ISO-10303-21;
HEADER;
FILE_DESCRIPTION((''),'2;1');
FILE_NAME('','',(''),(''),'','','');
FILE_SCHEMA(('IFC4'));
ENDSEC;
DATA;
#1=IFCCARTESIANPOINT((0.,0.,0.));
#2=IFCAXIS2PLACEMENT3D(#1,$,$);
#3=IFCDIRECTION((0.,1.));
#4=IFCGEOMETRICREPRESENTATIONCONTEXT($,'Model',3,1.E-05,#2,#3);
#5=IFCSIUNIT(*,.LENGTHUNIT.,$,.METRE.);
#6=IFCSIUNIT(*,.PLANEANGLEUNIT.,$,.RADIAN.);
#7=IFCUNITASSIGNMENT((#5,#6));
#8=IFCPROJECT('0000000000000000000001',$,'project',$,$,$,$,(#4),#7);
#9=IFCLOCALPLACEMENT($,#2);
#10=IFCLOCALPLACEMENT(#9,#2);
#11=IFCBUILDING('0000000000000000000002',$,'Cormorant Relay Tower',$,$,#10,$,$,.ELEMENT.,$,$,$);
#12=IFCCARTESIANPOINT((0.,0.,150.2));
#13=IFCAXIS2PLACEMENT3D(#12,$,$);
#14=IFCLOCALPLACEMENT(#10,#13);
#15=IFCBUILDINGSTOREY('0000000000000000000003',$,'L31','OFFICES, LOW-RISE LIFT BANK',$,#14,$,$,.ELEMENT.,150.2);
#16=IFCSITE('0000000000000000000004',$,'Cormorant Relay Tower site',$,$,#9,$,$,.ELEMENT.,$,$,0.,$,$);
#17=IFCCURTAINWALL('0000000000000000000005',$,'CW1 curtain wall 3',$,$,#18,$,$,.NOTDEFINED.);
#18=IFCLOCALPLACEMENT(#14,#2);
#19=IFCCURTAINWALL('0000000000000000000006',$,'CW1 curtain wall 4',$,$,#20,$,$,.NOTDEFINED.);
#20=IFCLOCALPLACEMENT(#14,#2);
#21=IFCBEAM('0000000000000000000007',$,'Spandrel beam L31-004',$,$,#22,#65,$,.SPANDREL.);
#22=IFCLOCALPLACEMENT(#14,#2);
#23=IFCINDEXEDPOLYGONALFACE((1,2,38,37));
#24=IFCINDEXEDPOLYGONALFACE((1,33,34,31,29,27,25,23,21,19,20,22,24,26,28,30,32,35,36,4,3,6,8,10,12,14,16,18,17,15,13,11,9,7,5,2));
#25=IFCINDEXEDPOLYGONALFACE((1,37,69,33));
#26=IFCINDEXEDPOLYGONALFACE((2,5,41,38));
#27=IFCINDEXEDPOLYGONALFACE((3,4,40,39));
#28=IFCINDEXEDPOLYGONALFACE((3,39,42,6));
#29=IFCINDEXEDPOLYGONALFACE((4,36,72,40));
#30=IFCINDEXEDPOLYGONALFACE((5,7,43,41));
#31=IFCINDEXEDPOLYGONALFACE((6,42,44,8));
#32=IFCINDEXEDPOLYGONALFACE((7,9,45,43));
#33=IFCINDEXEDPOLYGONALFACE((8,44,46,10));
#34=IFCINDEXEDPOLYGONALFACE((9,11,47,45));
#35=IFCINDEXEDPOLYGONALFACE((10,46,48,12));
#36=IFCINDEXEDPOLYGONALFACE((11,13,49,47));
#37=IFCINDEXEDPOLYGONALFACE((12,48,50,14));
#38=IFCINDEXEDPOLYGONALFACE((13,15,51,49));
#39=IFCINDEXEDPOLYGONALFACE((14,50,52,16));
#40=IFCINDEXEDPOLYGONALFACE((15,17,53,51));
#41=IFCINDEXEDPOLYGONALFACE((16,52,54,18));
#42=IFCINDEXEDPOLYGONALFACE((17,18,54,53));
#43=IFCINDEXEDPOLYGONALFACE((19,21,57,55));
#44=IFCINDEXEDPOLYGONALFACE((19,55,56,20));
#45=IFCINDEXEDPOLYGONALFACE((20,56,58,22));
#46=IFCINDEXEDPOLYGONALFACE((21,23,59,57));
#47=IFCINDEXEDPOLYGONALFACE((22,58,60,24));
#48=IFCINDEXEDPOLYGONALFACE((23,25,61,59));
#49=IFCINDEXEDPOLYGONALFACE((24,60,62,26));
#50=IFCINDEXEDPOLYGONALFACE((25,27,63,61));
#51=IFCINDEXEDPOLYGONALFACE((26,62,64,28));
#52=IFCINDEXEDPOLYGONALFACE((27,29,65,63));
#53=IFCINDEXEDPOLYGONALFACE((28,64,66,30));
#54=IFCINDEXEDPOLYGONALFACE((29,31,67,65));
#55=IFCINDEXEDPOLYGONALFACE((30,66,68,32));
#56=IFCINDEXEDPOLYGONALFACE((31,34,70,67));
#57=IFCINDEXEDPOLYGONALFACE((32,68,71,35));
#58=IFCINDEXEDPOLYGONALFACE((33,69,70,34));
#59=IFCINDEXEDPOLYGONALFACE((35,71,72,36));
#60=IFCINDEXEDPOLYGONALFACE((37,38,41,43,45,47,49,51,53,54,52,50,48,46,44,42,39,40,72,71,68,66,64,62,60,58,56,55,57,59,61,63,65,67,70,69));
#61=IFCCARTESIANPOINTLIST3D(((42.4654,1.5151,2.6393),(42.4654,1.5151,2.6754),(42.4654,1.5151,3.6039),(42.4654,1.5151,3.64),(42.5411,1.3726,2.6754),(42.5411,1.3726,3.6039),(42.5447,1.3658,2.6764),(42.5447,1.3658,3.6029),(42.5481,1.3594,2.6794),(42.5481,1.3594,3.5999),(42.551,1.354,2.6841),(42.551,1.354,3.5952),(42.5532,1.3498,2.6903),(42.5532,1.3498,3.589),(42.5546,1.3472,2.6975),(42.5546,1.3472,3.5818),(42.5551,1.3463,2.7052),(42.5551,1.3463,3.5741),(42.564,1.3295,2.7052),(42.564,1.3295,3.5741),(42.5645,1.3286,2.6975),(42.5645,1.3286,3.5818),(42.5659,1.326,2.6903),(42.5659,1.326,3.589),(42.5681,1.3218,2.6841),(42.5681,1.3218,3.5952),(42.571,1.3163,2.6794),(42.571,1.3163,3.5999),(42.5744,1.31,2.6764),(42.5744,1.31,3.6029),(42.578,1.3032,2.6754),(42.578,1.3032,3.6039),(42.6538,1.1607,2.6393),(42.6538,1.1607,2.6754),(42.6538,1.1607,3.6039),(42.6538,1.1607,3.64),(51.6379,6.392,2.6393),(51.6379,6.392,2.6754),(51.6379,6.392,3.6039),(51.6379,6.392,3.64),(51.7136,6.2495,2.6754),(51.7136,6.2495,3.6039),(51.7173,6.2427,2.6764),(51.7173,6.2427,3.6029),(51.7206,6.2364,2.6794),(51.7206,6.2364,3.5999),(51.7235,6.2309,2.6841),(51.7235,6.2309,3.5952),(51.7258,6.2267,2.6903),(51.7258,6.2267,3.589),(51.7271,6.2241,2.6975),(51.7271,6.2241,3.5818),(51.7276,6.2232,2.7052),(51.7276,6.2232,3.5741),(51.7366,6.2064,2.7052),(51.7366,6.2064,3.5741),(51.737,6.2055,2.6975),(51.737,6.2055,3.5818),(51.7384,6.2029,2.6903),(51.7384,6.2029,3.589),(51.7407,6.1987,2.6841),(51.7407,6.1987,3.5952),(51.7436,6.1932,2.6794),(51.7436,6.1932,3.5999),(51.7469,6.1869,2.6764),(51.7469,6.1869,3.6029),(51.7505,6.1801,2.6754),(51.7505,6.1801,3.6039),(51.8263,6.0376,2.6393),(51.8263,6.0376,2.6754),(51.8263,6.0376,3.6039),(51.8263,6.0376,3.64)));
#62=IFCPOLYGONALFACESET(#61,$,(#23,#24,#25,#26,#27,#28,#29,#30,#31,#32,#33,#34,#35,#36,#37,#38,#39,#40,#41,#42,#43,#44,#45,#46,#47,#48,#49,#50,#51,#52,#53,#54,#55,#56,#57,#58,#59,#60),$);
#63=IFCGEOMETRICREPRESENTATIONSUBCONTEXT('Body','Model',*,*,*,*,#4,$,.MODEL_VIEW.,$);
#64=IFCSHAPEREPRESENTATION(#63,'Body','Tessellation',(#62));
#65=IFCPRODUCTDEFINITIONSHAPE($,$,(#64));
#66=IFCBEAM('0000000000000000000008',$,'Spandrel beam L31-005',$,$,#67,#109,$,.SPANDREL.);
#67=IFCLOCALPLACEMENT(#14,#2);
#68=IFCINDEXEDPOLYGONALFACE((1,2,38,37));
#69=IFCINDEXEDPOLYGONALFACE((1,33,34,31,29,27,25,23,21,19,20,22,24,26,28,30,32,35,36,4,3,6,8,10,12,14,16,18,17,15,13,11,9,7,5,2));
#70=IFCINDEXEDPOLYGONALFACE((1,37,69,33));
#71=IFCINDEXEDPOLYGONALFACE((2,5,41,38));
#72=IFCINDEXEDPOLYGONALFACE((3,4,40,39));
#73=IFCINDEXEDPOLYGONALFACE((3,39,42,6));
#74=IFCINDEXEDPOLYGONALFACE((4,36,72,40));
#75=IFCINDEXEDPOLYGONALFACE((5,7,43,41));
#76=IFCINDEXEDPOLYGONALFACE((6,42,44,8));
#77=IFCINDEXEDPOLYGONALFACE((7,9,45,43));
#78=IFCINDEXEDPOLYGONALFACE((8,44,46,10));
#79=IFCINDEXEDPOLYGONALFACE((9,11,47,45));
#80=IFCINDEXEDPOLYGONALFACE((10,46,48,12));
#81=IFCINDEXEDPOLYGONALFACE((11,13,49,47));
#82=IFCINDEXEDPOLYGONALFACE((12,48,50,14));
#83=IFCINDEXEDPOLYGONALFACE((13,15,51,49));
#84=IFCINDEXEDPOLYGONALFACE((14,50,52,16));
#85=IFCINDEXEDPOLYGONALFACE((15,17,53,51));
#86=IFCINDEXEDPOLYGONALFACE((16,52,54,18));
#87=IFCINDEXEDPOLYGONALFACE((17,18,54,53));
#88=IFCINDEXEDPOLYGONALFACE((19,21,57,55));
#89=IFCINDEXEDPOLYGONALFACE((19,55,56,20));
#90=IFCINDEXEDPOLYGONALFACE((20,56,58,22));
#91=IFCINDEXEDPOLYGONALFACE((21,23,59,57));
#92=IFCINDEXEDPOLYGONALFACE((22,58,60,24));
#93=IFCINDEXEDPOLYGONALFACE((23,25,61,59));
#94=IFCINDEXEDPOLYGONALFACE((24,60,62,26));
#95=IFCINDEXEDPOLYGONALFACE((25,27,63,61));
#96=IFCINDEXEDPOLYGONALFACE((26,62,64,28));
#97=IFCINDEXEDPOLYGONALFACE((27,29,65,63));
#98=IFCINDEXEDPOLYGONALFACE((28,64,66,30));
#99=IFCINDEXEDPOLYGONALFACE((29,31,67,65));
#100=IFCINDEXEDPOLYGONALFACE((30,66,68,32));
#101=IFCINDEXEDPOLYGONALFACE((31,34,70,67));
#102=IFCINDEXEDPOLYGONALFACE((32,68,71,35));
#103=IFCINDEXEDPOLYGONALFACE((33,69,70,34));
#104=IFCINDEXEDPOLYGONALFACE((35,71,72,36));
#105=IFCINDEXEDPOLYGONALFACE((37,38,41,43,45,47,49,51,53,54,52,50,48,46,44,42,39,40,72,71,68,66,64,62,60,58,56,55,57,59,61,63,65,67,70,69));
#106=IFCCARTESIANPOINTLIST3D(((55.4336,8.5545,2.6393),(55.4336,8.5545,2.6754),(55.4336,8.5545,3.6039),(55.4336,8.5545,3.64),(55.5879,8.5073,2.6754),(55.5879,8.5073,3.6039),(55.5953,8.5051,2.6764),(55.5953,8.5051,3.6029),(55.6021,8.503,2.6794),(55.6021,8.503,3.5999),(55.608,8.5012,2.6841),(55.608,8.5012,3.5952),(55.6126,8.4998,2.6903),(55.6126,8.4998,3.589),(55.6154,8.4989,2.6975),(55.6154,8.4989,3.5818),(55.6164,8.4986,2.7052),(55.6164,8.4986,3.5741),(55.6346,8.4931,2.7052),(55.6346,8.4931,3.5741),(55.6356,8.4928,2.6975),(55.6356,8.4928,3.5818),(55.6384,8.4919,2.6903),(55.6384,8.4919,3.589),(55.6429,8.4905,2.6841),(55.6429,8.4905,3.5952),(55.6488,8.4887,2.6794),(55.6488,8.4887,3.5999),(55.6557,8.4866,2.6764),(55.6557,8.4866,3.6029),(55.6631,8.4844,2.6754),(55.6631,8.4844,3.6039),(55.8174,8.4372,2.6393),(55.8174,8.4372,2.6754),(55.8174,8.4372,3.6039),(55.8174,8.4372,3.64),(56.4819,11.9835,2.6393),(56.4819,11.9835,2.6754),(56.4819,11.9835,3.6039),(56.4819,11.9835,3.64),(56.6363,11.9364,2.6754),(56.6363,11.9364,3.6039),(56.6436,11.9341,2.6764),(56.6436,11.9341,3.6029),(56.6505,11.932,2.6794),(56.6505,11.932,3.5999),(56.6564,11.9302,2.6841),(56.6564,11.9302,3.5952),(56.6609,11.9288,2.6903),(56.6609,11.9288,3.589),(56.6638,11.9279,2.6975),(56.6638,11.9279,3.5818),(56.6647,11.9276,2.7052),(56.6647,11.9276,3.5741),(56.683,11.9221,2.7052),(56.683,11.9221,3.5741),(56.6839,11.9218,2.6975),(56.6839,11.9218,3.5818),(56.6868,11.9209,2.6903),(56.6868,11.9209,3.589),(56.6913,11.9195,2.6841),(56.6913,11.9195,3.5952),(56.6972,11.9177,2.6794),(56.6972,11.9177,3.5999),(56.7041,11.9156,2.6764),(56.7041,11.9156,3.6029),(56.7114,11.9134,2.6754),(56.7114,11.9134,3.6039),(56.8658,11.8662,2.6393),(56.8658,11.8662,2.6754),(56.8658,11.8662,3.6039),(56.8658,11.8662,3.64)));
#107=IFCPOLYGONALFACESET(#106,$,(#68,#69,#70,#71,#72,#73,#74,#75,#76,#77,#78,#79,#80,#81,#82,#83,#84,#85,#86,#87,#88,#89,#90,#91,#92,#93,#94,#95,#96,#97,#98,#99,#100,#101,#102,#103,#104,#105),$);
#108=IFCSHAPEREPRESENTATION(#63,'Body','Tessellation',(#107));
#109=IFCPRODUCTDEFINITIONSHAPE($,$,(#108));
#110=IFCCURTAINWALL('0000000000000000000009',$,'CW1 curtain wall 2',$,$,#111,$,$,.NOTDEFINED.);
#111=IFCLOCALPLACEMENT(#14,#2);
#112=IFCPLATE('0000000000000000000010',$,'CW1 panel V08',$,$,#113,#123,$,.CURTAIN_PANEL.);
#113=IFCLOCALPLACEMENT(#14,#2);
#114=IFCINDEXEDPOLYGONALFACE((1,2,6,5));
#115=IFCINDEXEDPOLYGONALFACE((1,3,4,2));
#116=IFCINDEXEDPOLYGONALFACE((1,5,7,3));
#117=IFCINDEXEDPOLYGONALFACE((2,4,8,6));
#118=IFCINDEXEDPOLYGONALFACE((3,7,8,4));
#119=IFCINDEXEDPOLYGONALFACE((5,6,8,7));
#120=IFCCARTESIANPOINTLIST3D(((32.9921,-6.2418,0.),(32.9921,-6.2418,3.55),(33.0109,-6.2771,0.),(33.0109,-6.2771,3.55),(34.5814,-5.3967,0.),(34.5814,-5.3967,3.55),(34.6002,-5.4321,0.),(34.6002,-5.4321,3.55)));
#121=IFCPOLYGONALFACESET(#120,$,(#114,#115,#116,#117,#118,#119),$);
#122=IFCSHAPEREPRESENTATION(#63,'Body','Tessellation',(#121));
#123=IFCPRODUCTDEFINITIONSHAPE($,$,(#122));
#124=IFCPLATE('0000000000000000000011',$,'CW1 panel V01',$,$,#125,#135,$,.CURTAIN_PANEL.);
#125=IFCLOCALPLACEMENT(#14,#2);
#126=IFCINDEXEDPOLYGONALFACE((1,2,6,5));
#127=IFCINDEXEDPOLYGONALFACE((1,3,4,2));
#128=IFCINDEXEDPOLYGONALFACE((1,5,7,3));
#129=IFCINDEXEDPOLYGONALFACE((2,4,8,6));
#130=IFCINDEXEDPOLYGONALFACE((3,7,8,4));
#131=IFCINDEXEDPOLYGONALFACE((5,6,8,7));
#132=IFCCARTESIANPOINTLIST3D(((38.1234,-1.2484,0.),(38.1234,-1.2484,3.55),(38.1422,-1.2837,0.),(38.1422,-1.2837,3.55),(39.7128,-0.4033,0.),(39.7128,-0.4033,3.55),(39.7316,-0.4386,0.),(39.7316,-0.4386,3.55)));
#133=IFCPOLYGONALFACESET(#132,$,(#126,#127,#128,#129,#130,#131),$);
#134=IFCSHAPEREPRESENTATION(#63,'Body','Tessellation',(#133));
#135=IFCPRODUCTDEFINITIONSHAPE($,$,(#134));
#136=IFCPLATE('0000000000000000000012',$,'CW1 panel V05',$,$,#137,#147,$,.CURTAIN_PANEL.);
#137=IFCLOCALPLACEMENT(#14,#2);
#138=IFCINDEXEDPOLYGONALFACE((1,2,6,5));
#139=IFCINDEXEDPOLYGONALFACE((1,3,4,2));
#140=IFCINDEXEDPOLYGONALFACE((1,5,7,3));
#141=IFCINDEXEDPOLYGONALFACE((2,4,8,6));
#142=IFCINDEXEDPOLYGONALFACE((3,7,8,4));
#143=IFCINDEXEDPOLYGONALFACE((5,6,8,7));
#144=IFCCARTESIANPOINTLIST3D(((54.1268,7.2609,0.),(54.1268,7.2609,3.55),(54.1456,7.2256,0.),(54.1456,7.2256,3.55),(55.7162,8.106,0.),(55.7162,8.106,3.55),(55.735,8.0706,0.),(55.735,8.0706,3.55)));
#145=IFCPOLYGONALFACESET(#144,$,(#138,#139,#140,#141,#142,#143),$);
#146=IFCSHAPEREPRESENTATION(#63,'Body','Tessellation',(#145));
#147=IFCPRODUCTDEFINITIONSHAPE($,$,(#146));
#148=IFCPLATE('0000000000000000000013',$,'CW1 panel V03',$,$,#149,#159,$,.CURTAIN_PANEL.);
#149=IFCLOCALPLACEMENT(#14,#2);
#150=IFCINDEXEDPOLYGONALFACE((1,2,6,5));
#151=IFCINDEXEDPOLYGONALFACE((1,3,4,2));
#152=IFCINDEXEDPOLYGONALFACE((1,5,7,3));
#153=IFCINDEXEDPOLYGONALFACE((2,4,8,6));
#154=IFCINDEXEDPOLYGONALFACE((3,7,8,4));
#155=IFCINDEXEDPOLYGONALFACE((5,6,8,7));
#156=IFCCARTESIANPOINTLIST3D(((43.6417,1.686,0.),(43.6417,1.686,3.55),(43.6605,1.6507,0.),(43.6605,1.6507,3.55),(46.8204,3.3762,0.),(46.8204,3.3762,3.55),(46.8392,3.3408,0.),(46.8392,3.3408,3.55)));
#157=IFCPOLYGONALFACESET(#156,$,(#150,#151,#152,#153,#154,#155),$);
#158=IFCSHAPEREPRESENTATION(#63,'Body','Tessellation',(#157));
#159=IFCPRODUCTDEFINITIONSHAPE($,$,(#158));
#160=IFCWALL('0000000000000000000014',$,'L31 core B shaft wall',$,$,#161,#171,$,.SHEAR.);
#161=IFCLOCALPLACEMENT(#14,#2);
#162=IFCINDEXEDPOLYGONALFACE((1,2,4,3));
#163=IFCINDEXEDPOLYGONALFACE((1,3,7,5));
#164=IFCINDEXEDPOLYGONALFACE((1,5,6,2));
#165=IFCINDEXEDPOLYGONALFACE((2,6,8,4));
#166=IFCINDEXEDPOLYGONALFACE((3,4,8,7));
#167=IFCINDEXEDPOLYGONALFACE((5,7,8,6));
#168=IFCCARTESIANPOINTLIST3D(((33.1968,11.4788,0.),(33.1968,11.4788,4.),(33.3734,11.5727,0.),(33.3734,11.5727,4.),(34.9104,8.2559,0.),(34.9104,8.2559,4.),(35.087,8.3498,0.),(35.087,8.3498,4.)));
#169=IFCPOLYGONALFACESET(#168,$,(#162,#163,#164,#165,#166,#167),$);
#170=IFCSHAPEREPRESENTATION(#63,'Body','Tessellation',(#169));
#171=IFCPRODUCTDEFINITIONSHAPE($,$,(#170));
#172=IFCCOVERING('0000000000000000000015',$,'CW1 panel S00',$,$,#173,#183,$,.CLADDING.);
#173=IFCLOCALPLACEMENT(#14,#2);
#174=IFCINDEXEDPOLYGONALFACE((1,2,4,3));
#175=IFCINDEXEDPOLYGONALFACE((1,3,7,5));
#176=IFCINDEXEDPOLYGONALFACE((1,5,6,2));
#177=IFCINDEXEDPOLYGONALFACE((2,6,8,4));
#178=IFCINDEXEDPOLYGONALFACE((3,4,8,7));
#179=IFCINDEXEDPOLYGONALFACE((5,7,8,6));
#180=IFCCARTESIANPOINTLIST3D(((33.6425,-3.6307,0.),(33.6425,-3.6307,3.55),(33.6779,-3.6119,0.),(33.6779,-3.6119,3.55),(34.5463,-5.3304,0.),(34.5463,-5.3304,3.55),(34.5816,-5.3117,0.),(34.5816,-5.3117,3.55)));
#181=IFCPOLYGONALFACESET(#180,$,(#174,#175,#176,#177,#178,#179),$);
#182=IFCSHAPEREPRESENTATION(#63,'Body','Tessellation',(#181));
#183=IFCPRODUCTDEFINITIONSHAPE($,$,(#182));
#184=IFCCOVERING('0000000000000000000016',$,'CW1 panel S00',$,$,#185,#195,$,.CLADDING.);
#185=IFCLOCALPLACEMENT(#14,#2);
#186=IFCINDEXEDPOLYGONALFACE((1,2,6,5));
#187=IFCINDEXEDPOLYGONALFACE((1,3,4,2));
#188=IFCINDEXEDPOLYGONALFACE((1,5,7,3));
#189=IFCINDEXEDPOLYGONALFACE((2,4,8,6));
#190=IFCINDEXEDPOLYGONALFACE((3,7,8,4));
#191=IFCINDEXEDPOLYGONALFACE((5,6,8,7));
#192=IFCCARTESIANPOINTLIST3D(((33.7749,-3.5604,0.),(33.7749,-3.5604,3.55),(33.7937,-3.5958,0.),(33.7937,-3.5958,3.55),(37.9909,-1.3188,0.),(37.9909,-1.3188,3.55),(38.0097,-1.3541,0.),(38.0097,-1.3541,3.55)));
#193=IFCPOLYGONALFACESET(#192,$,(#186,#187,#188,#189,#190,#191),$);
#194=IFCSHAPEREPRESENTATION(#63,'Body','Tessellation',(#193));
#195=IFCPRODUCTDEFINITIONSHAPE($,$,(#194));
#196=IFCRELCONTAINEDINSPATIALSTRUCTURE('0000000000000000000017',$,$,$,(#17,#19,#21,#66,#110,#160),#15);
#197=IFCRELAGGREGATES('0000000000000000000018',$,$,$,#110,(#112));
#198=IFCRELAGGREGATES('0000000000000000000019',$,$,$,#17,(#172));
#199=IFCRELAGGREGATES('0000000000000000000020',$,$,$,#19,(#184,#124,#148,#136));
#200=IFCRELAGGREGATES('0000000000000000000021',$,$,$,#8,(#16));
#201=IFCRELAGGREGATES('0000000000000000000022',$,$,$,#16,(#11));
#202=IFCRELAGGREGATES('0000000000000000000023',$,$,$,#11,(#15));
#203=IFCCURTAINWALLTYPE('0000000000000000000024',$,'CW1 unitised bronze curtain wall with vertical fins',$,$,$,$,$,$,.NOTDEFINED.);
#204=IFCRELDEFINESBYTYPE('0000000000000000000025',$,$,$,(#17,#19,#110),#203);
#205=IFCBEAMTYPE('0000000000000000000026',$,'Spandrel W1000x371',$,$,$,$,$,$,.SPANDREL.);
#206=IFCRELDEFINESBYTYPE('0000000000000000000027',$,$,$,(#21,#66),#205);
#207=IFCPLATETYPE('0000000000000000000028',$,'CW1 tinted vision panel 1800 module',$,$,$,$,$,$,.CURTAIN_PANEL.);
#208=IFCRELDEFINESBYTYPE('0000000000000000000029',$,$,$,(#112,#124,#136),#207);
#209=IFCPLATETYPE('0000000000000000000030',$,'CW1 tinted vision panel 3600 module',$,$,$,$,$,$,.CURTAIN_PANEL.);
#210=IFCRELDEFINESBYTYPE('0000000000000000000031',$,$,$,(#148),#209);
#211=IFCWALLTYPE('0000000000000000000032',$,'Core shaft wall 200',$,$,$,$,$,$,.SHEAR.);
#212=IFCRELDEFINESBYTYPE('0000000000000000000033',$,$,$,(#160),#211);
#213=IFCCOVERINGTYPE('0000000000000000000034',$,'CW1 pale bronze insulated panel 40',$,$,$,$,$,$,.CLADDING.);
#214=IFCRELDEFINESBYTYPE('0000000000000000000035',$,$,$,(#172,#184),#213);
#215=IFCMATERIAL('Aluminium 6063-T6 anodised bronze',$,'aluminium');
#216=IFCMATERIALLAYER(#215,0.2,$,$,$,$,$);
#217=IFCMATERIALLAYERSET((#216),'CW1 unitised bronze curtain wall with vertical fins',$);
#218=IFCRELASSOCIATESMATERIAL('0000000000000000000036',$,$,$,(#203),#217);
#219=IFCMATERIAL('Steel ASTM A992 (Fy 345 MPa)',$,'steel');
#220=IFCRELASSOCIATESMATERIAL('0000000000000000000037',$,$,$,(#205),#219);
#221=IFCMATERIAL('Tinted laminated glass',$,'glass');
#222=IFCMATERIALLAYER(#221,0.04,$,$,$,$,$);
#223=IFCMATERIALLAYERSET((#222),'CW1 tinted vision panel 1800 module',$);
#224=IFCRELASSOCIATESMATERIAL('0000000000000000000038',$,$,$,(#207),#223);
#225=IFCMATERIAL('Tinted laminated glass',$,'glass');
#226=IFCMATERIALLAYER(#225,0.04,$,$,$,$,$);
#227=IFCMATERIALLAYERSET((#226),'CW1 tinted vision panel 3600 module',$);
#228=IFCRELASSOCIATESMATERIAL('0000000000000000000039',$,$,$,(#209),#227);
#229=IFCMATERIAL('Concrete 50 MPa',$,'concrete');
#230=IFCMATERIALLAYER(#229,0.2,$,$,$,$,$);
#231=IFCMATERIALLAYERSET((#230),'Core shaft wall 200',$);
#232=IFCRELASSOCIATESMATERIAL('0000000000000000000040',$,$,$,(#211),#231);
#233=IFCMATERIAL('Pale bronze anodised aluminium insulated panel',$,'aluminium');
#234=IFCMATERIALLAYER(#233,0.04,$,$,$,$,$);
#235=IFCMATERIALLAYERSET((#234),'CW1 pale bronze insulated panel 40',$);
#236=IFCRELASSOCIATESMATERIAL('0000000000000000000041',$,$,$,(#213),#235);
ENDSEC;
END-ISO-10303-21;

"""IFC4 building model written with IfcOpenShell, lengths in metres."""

from ifc_helpers import new_model, si_unit, direction, frame, frame_2d, origin, origin_2d, place, context, subcontext, project, spatial, rectangle, i_section, extrude, material, layer, layer_set, material_profile, profile_set, type_object, element, aggregate, save


model = new_model("IFC4")

# Units and contexts
model_context = context("Model", 3, precision=1e-05, world=origin(), true_north=direction((0.0, 1.0)))
body_context = subcontext(model_context, "Body", "Model", "MODEL_VIEW")
ifc_project = project(units=[si_unit("LENGTHUNIT", "METRE"), si_unit("PLANEANGLEUNIT", "RADIAN")], contexts=[model_context])

# Site, building, storey
site_placement = place(None, origin())
site = spatial("IfcSite", under=ifc_project, at=site_placement, Name="Cormorant Relay Tower site", CompositionType="ELEMENT", RefElevation=0.0)
building_placement = place(site_placement, origin())
building = spatial("IfcBuilding", under=site, at=building_placement, Name="Cormorant Relay Tower", CompositionType="ELEMENT")
storey_placement = place(building_placement, frame((0.0, 0.0, 150.2)))
storey = spatial("IfcBuildingStorey", under=building, at=storey_placement, Name="L31", Description="OFFICES, LOW-RISE LIFT BANK", CompositionType="ELEMENT", Elevation=150.2)

# Curtain wall
ifc_material_1 = material(Name="Aluminium 6063-T6 anodised bronze", Category="aluminium")
ifc_layer_1 = layer(ifc_material_1, 0.2)
ifc_layer_set_1 = layer_set([ifc_layer_1], Name="CW1 unitised bronze curtain wall with vertical fins")
curtain_wall_type = type_object("IfcCurtainWallType", Name="CW1 unitised bronze curtain wall with vertical fins", PredefinedType="NOTDEFINED", material=ifc_layer_set_1)
curtain_wall_1_placement = place(storey_placement, origin())
curtain_wall_1 = element("IfcCurtainWall", 1, at=curtain_wall_1_placement, inside=storey, type_object=curtain_wall_type, Name="CW1 curtain wall 3", PredefinedType="NOTDEFINED")

# Curtain wall
curtain_wall_2_placement = place(storey_placement, origin())
curtain_wall_2 = element("IfcCurtainWall", 2, at=curtain_wall_2_placement, inside=storey, type_object=curtain_wall_type, Name="CW1 curtain wall 4", PredefinedType="NOTDEFINED")

# Beams
ifc_material_2 = material(Name="Steel ASTM A992 (Fy 345 MPa)", Category="steel")
ifc_material_profile_1 = material_profile(ifc_material_2, i_section(OverallWidth=0.4014, OverallDepth=1.0007, WebThickness=0.019, FlangeThickness=0.0361, FilletRadius=0.0298, at=origin_2d()), Name="W1000x371")
ifc_profile_set_1 = profile_set([ifc_material_profile_1], Name="Steel ASTM A992 (Fy 345 MPa)")
beam_type = type_object("IfcBeamType", Name="Spandrel W1000x371", PredefinedType="SPANDREL", material=ifc_profile_set_1)
beam_1_placement = place(storey_placement, frame((42.5596, 1.3379, 3.1396), z_axis=(0.882956, 0.469456, 0.0), x_axis=(-0.469456, 0.882956, 0.0)))
element("IfcBeam", 3, at=beam_1_placement, inside=storey, type_object=beam_type, Name="Spandrel beam L31-004", PredefinedType="SPANDREL", context=body_context, shape_type="SweptSolid", body=[
    extrude(i_section(OverallWidth=0.4014, OverallDepth=1.0007, WebThickness=0.019, FlangeThickness=0.0361, FilletRadius=0.0298, at=origin_2d()), origin(), (0.0, 0.0, 1.0), 10.3884),
])
beam_2_placement = place(storey_placement, frame((55.6255, 8.4958, 3.1396), z_axis=(0.292372, 0.956305, 0.0), x_axis=(-0.956305, 0.292372, 0.0)))
element("IfcBeam", 4, at=beam_2_placement, inside=storey, type_object=beam_type, Name="Spandrel beam L31-005", PredefinedType="SPANDREL", context=body_context, shape_type="SweptSolid", body=[
    extrude(i_section(OverallWidth=0.4014, OverallDepth=1.0007, WebThickness=0.019, FlangeThickness=0.0361, FilletRadius=0.0298, at=origin_2d()), origin(), (0.0, 0.0, 1.0), 3.5857),
])

# Curtain wall, plate
curtain_wall_3_placement = place(storey_placement, origin())
curtain_wall_3 = element("IfcCurtainWall", 5, at=curtain_wall_3_placement, inside=storey, type_object=curtain_wall_type, Name="CW1 curtain wall 2", PredefinedType="NOTDEFINED")
ifc_material_3 = material(Name="Tinted laminated glass", Category="glass")
ifc_layer_2 = layer(ifc_material_3, 0.04)
ifc_layer_set_2 = layer_set([ifc_layer_2], Name="CW1 tinted vision panel 1800 module")
plate_type_1 = type_object("IfcPlateType", Name="CW1 tinted vision panel 1800 module", PredefinedType="CURTAIN_PANEL", material=ifc_layer_set_2)
plate_1_placement = place(storey_placement, frame((33.7961, -5.8369, 0.0), z_axis=(0.0, 0.0, 1.0), x_axis=(0.882948, 0.469472, 0.0)))
plate_1 = element("IfcPlate", 6, at=plate_1_placement, type_object=plate_type_1, Name="CW1 panel V08", PredefinedType="CURTAIN_PANEL", context=body_context, shape_type="SweptSolid", body=[
    extrude(rectangle(XDim=1.8, YDim=0.04, at=origin_2d()), origin(), (0.0, 0.0, 1.0), 3.55),
])
aggregate(curtain_wall_3, [plate_1])

# Plates
plate_2_placement = place(storey_placement, frame((38.9275, -0.8435, 0.0), z_axis=(0.0, 0.0, 1.0), x_axis=(0.882948, 0.469472, 0.0)))
plate_2 = element("IfcPlate", 7, at=plate_2_placement, type_object=plate_type_1, Name="CW1 panel V01", PredefinedType="CURTAIN_PANEL", context=body_context, shape_type="SweptSolid", body=[
    extrude(rectangle(XDim=1.8, YDim=0.04, at=origin_2d()), origin(), (0.0, 0.0, 1.0), 3.55),
])
plate_3_placement = place(storey_placement, frame((54.9309, 7.6658, 0.0), z_axis=(0.0, 0.0, 1.0), x_axis=(0.882948, 0.469472, 0.0)))
plate_3 = element("IfcPlate", 8, at=plate_3_placement, type_object=plate_type_1, Name="CW1 panel V05", PredefinedType="CURTAIN_PANEL", context=body_context, shape_type="SweptSolid", body=[
    extrude(rectangle(XDim=1.8, YDim=0.04, at=origin_2d()), origin(), (0.0, 0.0, 1.0), 3.55),
])
ifc_material_4 = material(Name="Tinted laminated glass", Category="glass")
ifc_layer_3 = layer(ifc_material_4, 0.04)
ifc_layer_set_3 = layer_set([ifc_layer_3], Name="CW1 tinted vision panel 3600 module")
plate_type_2 = type_object("IfcPlateType", Name="CW1 tinted vision panel 3600 module", PredefinedType="CURTAIN_PANEL", material=ifc_layer_set_3)
plate_4_placement = place(storey_placement, frame((45.2405, 2.5134, 0.0), z_axis=(0.0, 0.0, 1.0), x_axis=(0.882948, 0.469472, 0.0)))
plate_4 = element("IfcPlate", 9, at=plate_4_placement, type_object=plate_type_2, Name="CW1 panel V03", PredefinedType="CURTAIN_PANEL", context=body_context, shape_type="SweptSolid", body=[
    extrude(rectangle(XDim=3.6001, YDim=0.04, at=origin_2d()), origin(), (0.0, 0.0, 1.0), 3.55),
])

# Wall
ifc_material_5 = material(Name="Concrete 50 MPa", Category="concrete")
ifc_layer_4 = layer(ifc_material_5, 0.2)
ifc_layer_set_4 = layer_set([ifc_layer_4], Name="Core shaft wall 200")
wall_type_1 = type_object("IfcWallType", Name="Core shaft wall 200", PredefinedType="SHEAR", material=ifc_layer_set_4)
wall_1_placement = place(storey_placement, frame((34.9988, 8.3027, 0.0), z_axis=(0.0, 0.0, 1.0), x_axis=(-0.469467, 0.88295, 0.0)))
element("IfcWall", 10, at=wall_1_placement, inside=storey, type_object=wall_type_1, Name="L31 core B shaft wall", PredefinedType="SHEAR", context=body_context, shape_type="SweptSolid", body=[
    extrude(rectangle(XDim=3.6501, YDim=0.2, at=frame_2d((1.8252, 0.0))), origin(), (0.0, 0.0, 1.0), 4.0),
])

# Coverings
ifc_material_6 = material(Name="Pale bronze anodised aluminium insulated panel", Category="aluminium")
ifc_layer_5 = layer(ifc_material_6, 0.04)
ifc_layer_set_5 = layer_set([ifc_layer_5], Name="CW1 pale bronze insulated panel 40")
covering_type = type_object("IfcCoveringType", Name="CW1 pale bronze insulated panel 40", PredefinedType="CLADDING", material=ifc_layer_set_5)
covering_1_placement = place(storey_placement, frame((34.1121, -4.4712, 0.0), z_axis=(0.0, 0.0, 1.0), x_axis=(-0.469472, 0.882948, 0.0)))
covering_1 = element("IfcCovering", 11, at=covering_1_placement, type_object=covering_type, Name="CW1 panel S00", PredefinedType="CLADDING", context=body_context, shape_type="SweptSolid", body=[
    extrude(rectangle(XDim=1.925, YDim=0.04, at=origin_2d()), origin(), (0.0, 0.0, 1.0), 3.55),
])
aggregate(curtain_wall_1, [covering_1])
covering_2_placement = place(storey_placement, frame((35.8923, -2.4573, 0.0), z_axis=(0.0, 0.0, 1.0), x_axis=(0.882948, 0.469472, 0.0)))
covering_2 = element("IfcCovering", 12, at=covering_2_placement, type_object=covering_type, Name="CW1 panel S00", PredefinedType="CLADDING", context=body_context, shape_type="SweptSolid", body=[
    extrude(rectangle(XDim=4.7749, YDim=0.04, at=origin_2d()), origin(), (0.0, 0.0, 1.0), 3.55),
])
aggregate(curtain_wall_2, [covering_2, plate_2, plate_4, plate_3])

save(model, "model.ifc")
